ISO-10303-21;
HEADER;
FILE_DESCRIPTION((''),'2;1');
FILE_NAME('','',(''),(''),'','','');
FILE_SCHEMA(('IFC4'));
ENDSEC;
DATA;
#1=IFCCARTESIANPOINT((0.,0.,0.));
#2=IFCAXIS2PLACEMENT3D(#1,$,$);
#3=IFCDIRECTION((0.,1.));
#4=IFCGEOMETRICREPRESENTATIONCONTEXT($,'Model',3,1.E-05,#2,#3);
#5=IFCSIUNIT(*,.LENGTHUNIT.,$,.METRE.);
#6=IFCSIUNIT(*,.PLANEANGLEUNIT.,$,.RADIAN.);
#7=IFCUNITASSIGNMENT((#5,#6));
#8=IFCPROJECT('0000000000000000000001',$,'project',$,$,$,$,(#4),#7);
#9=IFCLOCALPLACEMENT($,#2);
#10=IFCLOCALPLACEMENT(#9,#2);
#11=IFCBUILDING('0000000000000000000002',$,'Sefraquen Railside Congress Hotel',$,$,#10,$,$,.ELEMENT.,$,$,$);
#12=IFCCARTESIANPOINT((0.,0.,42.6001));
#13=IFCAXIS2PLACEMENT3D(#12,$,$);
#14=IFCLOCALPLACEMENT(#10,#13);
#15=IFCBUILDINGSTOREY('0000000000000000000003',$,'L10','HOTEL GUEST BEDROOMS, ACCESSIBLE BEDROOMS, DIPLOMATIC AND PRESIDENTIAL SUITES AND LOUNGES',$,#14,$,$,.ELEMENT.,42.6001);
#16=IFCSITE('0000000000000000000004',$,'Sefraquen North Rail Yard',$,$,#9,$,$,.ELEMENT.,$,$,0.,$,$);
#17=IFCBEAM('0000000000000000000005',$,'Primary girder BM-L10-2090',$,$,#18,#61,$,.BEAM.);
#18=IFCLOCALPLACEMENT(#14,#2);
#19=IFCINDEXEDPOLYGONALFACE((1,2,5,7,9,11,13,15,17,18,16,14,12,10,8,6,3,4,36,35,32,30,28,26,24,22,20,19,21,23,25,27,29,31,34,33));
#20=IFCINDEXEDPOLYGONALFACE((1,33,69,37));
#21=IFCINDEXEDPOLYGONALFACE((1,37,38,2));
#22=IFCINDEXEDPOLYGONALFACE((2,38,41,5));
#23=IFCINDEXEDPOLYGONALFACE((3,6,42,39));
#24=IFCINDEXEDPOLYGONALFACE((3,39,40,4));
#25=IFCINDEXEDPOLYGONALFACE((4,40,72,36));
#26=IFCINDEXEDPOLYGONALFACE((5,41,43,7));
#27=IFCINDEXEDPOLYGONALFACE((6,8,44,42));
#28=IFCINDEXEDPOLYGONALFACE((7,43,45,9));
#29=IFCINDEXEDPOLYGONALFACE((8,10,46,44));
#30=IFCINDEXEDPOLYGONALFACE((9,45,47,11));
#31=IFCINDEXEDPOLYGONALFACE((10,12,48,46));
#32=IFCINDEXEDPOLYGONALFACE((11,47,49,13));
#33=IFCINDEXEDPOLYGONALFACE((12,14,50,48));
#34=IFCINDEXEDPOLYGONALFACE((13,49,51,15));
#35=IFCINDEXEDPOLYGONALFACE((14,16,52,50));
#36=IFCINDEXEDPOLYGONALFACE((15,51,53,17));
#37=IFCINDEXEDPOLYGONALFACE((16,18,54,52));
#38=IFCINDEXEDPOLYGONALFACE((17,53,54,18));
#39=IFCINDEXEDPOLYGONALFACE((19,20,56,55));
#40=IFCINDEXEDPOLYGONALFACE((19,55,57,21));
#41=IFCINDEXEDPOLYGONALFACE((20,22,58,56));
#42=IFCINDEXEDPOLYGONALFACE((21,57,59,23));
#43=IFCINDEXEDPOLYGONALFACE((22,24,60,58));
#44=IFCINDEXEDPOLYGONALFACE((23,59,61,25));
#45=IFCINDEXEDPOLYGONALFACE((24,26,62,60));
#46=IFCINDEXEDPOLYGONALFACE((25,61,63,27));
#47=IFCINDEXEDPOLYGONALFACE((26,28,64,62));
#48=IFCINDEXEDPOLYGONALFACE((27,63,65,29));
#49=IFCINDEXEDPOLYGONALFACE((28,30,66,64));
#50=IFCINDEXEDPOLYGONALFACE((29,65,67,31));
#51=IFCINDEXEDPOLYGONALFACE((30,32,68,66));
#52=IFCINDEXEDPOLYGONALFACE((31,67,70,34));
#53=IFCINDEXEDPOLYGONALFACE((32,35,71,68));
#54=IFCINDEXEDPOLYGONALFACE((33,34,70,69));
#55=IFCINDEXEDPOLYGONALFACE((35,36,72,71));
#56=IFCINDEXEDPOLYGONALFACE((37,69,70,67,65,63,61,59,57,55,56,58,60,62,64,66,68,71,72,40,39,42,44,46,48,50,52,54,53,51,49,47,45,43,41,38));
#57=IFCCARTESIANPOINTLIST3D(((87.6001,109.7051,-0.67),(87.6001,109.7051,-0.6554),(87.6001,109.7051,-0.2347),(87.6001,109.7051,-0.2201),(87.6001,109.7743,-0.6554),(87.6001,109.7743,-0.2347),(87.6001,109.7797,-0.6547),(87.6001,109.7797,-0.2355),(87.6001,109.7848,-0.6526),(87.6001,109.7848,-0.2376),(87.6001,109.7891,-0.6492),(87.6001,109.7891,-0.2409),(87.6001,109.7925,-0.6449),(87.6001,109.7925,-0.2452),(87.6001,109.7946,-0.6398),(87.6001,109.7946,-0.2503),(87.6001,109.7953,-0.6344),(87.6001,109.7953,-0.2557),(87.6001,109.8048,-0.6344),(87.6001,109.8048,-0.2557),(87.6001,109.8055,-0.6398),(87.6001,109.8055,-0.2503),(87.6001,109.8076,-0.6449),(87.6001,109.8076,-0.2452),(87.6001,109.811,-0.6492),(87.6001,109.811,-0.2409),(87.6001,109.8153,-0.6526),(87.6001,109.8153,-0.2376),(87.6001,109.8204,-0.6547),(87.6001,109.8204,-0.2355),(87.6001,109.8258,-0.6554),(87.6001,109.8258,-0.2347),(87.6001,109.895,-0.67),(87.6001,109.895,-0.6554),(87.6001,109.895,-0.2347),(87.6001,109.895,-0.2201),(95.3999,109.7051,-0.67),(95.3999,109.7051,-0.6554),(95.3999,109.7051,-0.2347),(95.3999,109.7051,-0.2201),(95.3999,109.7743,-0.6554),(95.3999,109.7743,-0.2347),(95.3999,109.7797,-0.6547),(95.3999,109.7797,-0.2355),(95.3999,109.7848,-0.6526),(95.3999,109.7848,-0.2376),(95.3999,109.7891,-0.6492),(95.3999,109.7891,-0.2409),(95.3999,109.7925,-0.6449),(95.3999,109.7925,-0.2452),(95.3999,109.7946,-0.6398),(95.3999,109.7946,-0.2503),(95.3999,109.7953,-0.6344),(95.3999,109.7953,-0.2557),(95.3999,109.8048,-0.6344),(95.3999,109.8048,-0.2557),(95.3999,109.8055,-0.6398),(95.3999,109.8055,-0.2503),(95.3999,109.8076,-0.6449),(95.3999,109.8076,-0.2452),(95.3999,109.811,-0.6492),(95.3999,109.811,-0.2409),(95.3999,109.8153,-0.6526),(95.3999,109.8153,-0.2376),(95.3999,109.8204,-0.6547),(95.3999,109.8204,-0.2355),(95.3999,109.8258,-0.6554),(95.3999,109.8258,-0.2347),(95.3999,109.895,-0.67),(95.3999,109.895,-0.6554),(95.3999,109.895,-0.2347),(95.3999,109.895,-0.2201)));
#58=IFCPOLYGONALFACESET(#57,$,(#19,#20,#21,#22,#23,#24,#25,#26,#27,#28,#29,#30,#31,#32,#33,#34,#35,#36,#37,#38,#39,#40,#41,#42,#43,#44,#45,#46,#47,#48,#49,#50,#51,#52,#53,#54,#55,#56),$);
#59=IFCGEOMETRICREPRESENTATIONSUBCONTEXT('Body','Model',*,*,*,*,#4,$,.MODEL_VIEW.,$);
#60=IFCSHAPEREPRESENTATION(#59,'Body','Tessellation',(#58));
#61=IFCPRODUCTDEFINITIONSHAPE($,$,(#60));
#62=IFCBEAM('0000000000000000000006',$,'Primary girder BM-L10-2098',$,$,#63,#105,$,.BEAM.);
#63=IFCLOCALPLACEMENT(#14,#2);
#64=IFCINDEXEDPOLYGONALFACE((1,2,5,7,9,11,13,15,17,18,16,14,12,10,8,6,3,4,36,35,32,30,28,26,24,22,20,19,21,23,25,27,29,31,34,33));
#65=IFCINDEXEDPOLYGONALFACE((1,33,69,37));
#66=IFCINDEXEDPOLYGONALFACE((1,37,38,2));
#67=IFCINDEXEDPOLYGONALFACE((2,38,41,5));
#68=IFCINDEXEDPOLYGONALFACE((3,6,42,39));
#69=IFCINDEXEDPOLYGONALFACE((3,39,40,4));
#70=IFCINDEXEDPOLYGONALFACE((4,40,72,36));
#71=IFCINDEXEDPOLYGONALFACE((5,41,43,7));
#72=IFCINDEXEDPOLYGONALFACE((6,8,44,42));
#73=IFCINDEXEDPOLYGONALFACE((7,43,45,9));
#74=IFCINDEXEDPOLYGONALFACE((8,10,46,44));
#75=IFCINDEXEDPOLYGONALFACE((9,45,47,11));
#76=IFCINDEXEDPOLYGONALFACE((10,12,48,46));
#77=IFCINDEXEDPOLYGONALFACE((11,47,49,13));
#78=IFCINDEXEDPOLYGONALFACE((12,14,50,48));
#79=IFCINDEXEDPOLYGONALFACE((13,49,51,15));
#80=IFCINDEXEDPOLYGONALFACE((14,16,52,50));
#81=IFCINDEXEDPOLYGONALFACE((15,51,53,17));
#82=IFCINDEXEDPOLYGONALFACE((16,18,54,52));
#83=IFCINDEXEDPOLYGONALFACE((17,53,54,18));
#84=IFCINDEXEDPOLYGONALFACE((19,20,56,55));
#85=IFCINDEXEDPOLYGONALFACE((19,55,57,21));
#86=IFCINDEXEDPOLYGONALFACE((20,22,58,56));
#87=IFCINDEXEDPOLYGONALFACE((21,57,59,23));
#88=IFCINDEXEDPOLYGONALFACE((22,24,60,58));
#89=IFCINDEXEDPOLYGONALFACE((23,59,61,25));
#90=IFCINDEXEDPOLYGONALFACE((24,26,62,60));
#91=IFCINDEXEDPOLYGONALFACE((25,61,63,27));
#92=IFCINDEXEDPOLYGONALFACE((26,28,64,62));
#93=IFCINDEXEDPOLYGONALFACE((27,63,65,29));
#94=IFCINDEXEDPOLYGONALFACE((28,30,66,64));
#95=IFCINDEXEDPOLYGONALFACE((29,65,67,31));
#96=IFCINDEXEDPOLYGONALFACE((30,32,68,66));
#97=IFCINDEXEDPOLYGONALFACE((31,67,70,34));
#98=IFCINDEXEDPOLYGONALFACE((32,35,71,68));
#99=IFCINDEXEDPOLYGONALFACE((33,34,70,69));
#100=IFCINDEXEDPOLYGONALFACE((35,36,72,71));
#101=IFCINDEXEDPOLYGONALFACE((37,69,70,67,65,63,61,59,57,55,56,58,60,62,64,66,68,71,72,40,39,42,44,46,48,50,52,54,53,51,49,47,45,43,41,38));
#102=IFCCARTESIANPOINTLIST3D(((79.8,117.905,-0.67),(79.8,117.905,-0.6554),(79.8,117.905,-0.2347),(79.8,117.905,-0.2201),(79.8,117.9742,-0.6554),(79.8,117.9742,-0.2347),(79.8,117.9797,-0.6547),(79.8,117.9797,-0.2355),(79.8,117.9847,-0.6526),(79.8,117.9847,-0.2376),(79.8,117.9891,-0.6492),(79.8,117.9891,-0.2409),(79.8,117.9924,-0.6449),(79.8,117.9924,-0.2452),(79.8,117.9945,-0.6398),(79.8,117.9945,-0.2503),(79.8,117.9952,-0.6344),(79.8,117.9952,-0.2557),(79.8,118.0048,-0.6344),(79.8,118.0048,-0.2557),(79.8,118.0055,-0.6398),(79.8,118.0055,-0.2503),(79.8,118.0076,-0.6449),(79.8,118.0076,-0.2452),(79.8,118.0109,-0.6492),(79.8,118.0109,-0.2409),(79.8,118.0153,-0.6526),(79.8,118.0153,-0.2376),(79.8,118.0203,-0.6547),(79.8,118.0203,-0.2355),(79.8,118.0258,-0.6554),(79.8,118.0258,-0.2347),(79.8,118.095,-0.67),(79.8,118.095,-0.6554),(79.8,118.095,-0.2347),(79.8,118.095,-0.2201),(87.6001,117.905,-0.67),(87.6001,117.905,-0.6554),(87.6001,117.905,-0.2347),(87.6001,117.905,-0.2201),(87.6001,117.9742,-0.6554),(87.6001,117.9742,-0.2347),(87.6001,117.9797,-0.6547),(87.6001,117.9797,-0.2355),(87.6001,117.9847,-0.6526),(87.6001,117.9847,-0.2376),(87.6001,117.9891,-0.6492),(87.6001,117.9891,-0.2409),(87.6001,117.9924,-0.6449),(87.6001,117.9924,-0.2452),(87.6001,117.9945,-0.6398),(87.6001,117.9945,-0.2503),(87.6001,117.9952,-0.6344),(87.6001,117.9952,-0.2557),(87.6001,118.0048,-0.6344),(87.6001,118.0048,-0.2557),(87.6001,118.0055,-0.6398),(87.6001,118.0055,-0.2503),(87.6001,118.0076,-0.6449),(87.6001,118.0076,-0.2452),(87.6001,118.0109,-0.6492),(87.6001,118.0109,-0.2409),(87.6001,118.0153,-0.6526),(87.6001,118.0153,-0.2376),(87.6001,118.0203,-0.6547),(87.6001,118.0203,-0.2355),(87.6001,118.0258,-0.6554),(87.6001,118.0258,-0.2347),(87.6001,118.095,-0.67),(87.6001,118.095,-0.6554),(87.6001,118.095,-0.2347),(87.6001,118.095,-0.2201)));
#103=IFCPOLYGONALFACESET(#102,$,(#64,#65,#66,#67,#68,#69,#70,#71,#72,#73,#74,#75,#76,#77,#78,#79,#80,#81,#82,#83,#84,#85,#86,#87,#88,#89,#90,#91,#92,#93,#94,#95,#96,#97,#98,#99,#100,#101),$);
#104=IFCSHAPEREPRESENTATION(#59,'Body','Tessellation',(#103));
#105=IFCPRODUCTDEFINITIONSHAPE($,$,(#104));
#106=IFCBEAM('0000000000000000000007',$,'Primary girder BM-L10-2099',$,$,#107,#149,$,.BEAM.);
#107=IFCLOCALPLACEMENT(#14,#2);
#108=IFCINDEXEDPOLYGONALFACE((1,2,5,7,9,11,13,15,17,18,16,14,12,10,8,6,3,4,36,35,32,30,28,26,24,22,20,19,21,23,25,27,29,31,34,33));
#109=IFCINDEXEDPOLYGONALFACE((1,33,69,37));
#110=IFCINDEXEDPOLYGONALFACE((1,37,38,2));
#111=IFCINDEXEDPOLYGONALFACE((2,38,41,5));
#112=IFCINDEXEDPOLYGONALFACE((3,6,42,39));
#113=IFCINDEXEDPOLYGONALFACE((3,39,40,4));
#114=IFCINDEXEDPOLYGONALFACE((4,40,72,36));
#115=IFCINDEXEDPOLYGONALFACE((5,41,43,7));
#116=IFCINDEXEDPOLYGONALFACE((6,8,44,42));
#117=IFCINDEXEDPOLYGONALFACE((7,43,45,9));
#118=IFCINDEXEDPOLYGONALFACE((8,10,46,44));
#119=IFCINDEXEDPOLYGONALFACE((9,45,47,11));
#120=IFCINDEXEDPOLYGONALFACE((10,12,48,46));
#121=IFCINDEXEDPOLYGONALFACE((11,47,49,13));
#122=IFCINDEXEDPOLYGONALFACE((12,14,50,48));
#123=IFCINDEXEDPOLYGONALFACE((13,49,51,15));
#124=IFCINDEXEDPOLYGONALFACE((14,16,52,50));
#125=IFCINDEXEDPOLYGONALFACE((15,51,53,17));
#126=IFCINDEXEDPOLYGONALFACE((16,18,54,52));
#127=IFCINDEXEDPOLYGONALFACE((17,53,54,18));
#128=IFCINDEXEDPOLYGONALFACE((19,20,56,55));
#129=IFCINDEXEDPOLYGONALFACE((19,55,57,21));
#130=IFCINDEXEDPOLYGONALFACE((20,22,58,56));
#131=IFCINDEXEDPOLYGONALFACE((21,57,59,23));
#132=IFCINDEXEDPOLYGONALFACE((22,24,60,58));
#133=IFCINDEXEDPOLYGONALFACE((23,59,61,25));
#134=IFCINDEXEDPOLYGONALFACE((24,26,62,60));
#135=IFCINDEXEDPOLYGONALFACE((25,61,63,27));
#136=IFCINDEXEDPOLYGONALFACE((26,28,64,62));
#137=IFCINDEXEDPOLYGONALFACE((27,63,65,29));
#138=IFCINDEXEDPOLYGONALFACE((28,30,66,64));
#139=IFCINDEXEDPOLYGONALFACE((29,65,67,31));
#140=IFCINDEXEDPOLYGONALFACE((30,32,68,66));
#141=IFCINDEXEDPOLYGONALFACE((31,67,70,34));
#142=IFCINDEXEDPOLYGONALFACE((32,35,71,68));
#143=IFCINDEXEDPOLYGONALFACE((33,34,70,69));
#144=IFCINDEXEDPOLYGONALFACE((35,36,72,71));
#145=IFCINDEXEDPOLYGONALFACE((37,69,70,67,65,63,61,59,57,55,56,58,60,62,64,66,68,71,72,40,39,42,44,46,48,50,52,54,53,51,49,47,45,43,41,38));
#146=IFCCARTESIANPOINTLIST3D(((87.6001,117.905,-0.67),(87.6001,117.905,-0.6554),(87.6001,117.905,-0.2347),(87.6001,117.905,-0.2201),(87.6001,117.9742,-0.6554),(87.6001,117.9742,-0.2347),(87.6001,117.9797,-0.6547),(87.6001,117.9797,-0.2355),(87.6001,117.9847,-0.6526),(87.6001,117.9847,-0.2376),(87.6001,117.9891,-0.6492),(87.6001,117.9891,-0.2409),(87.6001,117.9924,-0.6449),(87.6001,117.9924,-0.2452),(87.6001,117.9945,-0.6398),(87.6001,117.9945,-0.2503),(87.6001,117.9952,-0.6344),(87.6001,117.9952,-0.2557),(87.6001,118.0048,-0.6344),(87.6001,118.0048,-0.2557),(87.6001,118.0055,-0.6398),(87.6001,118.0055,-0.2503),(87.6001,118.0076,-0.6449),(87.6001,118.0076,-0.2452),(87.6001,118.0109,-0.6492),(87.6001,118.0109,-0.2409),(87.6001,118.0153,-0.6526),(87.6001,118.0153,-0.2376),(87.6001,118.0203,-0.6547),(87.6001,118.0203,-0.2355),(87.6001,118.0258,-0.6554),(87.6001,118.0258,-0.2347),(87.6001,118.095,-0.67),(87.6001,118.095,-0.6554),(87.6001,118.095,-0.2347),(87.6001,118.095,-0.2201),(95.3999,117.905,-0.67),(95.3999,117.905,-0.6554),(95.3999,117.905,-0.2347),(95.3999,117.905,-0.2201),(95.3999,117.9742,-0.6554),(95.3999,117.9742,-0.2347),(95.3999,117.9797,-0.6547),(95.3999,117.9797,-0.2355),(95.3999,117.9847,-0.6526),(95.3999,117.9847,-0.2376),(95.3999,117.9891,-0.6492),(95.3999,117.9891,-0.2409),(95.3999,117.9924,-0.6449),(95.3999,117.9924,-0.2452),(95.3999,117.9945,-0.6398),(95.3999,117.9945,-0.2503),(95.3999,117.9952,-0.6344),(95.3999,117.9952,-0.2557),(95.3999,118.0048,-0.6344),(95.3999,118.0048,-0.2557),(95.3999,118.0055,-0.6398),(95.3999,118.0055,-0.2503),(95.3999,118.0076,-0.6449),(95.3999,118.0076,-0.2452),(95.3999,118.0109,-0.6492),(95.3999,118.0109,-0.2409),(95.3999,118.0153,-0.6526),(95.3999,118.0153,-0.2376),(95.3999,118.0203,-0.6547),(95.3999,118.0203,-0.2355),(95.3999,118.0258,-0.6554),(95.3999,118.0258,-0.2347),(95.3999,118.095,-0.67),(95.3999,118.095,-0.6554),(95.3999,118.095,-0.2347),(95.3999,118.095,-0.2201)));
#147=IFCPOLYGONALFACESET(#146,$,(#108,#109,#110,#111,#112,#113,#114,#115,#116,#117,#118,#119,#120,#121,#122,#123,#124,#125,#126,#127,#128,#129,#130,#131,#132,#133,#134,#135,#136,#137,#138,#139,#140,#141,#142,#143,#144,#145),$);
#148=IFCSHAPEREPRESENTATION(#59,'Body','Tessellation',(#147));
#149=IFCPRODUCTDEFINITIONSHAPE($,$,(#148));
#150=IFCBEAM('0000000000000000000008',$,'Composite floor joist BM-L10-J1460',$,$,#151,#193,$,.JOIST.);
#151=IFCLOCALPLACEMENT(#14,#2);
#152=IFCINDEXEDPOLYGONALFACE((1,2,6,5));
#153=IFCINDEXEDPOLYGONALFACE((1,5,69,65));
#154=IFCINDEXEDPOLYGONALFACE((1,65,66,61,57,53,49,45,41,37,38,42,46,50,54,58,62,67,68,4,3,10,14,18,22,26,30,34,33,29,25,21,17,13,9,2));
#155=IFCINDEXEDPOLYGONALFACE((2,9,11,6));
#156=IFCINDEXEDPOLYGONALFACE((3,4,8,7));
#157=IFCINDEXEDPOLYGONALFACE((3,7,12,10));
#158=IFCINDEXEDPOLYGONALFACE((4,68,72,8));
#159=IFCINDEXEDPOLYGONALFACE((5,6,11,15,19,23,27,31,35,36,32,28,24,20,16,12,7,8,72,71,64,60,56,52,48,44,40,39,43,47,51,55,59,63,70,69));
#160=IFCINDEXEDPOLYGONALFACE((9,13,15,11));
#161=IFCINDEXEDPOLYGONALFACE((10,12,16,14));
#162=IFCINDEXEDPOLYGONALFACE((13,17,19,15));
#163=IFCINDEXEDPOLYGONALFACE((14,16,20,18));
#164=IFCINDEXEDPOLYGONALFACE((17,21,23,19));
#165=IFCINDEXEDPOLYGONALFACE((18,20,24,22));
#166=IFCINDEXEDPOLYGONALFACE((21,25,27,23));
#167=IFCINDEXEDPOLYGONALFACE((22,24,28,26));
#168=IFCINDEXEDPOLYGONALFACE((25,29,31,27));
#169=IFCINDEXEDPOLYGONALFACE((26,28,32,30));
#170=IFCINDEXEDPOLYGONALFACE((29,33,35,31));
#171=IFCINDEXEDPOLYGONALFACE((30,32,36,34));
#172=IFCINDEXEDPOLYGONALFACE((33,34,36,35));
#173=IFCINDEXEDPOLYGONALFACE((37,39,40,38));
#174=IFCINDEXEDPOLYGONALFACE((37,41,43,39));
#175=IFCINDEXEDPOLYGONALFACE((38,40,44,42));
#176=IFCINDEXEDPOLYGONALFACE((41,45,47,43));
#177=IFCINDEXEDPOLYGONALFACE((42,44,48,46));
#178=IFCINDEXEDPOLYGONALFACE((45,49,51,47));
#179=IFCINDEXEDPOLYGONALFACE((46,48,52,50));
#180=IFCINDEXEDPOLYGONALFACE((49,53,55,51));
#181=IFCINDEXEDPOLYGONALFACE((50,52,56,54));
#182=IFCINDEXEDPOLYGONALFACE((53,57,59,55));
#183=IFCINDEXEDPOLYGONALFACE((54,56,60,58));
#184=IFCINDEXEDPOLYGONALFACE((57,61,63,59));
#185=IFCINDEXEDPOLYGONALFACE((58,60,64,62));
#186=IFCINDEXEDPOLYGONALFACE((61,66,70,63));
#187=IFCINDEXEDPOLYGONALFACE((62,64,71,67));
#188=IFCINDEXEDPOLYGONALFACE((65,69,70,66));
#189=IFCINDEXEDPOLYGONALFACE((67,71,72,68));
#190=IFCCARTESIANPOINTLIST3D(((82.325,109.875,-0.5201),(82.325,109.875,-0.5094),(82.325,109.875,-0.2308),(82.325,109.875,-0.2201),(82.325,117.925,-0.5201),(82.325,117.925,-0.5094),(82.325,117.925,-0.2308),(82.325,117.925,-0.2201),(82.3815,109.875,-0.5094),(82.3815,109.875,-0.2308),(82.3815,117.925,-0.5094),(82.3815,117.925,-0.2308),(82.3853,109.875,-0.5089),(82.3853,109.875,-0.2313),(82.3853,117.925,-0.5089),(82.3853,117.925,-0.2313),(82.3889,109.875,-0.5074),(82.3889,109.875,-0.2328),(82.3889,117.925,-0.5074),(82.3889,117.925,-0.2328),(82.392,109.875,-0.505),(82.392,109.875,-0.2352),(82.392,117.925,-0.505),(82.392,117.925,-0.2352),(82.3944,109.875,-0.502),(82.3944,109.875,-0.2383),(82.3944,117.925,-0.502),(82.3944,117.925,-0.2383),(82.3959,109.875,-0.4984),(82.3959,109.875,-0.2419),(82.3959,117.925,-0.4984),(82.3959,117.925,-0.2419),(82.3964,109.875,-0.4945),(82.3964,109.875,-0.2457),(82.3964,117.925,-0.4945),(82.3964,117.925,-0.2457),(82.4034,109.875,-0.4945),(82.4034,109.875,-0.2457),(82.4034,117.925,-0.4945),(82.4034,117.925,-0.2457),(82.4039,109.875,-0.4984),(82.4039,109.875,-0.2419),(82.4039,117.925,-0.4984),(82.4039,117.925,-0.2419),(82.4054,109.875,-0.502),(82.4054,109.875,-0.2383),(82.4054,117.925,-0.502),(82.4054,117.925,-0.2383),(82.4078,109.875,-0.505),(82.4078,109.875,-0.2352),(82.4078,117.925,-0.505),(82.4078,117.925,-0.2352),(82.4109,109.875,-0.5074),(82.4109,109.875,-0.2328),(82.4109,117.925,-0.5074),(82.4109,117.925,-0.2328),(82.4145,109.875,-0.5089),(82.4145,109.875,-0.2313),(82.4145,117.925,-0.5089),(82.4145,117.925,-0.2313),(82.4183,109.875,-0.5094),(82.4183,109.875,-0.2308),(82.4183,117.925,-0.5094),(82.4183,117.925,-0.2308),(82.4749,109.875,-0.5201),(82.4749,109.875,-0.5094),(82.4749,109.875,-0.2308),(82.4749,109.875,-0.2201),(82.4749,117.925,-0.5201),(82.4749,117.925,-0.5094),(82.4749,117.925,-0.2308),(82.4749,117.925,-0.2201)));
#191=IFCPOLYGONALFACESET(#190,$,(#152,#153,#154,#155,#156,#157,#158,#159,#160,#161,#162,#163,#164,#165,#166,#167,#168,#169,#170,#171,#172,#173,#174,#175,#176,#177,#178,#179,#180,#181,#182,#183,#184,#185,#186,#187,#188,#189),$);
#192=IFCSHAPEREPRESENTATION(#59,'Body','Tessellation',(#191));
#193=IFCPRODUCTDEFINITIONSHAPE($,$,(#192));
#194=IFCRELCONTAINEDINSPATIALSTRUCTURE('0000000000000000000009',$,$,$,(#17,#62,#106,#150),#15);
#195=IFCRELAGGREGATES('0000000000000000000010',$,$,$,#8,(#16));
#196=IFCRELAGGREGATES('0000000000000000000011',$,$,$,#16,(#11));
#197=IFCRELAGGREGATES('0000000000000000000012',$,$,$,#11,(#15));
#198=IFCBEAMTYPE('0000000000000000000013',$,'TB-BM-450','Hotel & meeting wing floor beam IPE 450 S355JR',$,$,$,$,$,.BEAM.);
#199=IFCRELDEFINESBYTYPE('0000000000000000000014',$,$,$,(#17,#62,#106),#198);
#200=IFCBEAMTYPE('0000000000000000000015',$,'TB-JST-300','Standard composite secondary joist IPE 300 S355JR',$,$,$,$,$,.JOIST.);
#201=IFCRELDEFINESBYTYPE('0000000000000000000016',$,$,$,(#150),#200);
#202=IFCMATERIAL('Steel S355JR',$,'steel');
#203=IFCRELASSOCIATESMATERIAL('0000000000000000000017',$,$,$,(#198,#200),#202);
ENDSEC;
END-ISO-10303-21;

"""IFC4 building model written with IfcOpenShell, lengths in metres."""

from ifc_helpers import new_model, si_unit, direction, frame, origin, origin_2d, place, context, subcontext, project, spatial, i_section, extrude, material, material_profile, profile_set, type_object, element, save


model = new_model("IFC4")

# Units and contexts
model_context = context("Model", 3, precision=1e-05, world=origin(), true_north=direction((0.0, 1.0)))
body_context = subcontext(model_context, "Body", "Model", "MODEL_VIEW")
ifc_project = project(units=[si_unit("LENGTHUNIT", "METRE"), si_unit("PLANEANGLEUNIT", "RADIAN")], contexts=[model_context])

# Site, building, storey
site_placement = place(None, origin())
site = spatial("IfcSite", under=ifc_project, at=site_placement, Name="Sefraquen North Rail Yard", CompositionType="ELEMENT", RefElevation=0.0)
building_placement = place(site_placement, origin())
building = spatial("IfcBuilding", under=site, at=building_placement, Name="Sefraquen Railside Congress Hotel", CompositionType="ELEMENT")
storey_placement = place(building_placement, frame((0.0, 0.0, 42.6001)))
storey = spatial("IfcBuildingStorey", under=building, at=storey_placement, Name="L10", Description="HOTEL GUEST BEDROOMS, ACCESSIBLE BEDROOMS, DIPLOMATIC AND PRESIDENTIAL SUITES AND LOUNGES", CompositionType="ELEMENT", Elevation=42.6001)

# Shared definitions
ifc_material_1 = material(Name="Steel S355JR", Category="steel")

# Beams
ifc_material_profile_1 = material_profile(ifc_material_1, i_section(OverallWidth=0.1899, OverallDepth=0.45, WebThickness=0.0095, FlangeThickness=0.0146, FilletRadius=0.021, at=origin_2d()), Name="IPE 450")
ifc_profile_set_1 = profile_set([ifc_material_profile_1], Name="Steel S355JR")
beam_type_1 = type_object("IfcBeamType", Name="TB-BM-450", Description="Hotel & meeting wing floor beam IPE 450 S355JR", PredefinedType="BEAM", material=ifc_profile_set_1)
beam_1_placement = place(storey_placement, frame((87.6001, 109.8, -0.4451), z_axis=(1.0, 0.0, 0.0), x_axis=(0.0, 1.0, 0.0)))
element("IfcBeam", 1, at=beam_1_placement, inside=storey, type_object=beam_type_1, Name="Primary girder BM-L10-2090", PredefinedType="BEAM", context=body_context, shape_type="SweptSolid", body=[
    extrude(i_section(OverallWidth=0.1899, OverallDepth=0.45, WebThickness=0.0095, FlangeThickness=0.0146, FilletRadius=0.021, at=origin_2d()), origin(), (0.0, 0.0, 1.0), 7.7998),
])
beam_2_placement = place(storey_placement, frame((79.8, 118.0, -0.4451), z_axis=(1.0, 0.0, 0.0), x_axis=(0.0, 1.0, 0.0)))
element("IfcBeam", 2, at=beam_2_placement, inside=storey, type_object=beam_type_1, Name="Primary girder BM-L10-2098", PredefinedType="BEAM", context=body_context, shape_type="SweptSolid", body=[
    extrude(i_section(OverallWidth=0.1899, OverallDepth=0.45, WebThickness=0.0095, FlangeThickness=0.0146, FilletRadius=0.021, at=origin_2d()), origin(), (0.0, 0.0, 1.0), 7.8),
])
beam_3_placement = place(storey_placement, frame((87.6001, 118.0, -0.4451), z_axis=(1.0, 0.0, 0.0), x_axis=(0.0, 1.0, 0.0)))
element("IfcBeam", 3, at=beam_3_placement, inside=storey, type_object=beam_type_1, Name="Primary girder BM-L10-2099", PredefinedType="BEAM", context=body_context, shape_type="SweptSolid", body=[
    extrude(i_section(OverallWidth=0.1899, OverallDepth=0.45, WebThickness=0.0095, FlangeThickness=0.0146, FilletRadius=0.021, at=origin_2d()), origin(), (0.0, 0.0, 1.0), 7.7998),
])
ifc_material_profile_2 = material_profile(ifc_material_1, i_section(OverallWidth=0.1499, OverallDepth=0.3, WebThickness=0.0071, FlangeThickness=0.0107, FilletRadius=0.0149, at=origin_2d()), Name="IPE 300")
ifc_profile_set_2 = profile_set([ifc_material_profile_2], Name="Steel S355JR")
beam_type_2 = type_object("IfcBeamType", Name="TB-JST-300", Description="Standard composite secondary joist IPE 300 S355JR", PredefinedType="JOIST", material=ifc_profile_set_2)
for number, where, z_axis, x_axis, name in (
    (4, (82.3999, 109.875, -0.3701), (0.0, 1.0, 0.0), (-1.0, 0.0, 0.0), "Composite floor joist BM-L10-J1460"),
):
    element("IfcBeam", number, at=place(storey_placement, frame(where, z_axis=z_axis, x_axis=x_axis)), inside=storey, type_object=beam_type_2, Name=name, PredefinedType="JOIST", context=body_context, shape_type="SweptSolid", body=[
        extrude(i_section(OverallWidth=0.1499, OverallDepth=0.3, WebThickness=0.0071, FlangeThickness=0.0107, FilletRadius=0.0149, at=origin_2d()), origin(), (0.0, 0.0, 1.0), 8.05),
    ])

save(model, "model.ifc")
